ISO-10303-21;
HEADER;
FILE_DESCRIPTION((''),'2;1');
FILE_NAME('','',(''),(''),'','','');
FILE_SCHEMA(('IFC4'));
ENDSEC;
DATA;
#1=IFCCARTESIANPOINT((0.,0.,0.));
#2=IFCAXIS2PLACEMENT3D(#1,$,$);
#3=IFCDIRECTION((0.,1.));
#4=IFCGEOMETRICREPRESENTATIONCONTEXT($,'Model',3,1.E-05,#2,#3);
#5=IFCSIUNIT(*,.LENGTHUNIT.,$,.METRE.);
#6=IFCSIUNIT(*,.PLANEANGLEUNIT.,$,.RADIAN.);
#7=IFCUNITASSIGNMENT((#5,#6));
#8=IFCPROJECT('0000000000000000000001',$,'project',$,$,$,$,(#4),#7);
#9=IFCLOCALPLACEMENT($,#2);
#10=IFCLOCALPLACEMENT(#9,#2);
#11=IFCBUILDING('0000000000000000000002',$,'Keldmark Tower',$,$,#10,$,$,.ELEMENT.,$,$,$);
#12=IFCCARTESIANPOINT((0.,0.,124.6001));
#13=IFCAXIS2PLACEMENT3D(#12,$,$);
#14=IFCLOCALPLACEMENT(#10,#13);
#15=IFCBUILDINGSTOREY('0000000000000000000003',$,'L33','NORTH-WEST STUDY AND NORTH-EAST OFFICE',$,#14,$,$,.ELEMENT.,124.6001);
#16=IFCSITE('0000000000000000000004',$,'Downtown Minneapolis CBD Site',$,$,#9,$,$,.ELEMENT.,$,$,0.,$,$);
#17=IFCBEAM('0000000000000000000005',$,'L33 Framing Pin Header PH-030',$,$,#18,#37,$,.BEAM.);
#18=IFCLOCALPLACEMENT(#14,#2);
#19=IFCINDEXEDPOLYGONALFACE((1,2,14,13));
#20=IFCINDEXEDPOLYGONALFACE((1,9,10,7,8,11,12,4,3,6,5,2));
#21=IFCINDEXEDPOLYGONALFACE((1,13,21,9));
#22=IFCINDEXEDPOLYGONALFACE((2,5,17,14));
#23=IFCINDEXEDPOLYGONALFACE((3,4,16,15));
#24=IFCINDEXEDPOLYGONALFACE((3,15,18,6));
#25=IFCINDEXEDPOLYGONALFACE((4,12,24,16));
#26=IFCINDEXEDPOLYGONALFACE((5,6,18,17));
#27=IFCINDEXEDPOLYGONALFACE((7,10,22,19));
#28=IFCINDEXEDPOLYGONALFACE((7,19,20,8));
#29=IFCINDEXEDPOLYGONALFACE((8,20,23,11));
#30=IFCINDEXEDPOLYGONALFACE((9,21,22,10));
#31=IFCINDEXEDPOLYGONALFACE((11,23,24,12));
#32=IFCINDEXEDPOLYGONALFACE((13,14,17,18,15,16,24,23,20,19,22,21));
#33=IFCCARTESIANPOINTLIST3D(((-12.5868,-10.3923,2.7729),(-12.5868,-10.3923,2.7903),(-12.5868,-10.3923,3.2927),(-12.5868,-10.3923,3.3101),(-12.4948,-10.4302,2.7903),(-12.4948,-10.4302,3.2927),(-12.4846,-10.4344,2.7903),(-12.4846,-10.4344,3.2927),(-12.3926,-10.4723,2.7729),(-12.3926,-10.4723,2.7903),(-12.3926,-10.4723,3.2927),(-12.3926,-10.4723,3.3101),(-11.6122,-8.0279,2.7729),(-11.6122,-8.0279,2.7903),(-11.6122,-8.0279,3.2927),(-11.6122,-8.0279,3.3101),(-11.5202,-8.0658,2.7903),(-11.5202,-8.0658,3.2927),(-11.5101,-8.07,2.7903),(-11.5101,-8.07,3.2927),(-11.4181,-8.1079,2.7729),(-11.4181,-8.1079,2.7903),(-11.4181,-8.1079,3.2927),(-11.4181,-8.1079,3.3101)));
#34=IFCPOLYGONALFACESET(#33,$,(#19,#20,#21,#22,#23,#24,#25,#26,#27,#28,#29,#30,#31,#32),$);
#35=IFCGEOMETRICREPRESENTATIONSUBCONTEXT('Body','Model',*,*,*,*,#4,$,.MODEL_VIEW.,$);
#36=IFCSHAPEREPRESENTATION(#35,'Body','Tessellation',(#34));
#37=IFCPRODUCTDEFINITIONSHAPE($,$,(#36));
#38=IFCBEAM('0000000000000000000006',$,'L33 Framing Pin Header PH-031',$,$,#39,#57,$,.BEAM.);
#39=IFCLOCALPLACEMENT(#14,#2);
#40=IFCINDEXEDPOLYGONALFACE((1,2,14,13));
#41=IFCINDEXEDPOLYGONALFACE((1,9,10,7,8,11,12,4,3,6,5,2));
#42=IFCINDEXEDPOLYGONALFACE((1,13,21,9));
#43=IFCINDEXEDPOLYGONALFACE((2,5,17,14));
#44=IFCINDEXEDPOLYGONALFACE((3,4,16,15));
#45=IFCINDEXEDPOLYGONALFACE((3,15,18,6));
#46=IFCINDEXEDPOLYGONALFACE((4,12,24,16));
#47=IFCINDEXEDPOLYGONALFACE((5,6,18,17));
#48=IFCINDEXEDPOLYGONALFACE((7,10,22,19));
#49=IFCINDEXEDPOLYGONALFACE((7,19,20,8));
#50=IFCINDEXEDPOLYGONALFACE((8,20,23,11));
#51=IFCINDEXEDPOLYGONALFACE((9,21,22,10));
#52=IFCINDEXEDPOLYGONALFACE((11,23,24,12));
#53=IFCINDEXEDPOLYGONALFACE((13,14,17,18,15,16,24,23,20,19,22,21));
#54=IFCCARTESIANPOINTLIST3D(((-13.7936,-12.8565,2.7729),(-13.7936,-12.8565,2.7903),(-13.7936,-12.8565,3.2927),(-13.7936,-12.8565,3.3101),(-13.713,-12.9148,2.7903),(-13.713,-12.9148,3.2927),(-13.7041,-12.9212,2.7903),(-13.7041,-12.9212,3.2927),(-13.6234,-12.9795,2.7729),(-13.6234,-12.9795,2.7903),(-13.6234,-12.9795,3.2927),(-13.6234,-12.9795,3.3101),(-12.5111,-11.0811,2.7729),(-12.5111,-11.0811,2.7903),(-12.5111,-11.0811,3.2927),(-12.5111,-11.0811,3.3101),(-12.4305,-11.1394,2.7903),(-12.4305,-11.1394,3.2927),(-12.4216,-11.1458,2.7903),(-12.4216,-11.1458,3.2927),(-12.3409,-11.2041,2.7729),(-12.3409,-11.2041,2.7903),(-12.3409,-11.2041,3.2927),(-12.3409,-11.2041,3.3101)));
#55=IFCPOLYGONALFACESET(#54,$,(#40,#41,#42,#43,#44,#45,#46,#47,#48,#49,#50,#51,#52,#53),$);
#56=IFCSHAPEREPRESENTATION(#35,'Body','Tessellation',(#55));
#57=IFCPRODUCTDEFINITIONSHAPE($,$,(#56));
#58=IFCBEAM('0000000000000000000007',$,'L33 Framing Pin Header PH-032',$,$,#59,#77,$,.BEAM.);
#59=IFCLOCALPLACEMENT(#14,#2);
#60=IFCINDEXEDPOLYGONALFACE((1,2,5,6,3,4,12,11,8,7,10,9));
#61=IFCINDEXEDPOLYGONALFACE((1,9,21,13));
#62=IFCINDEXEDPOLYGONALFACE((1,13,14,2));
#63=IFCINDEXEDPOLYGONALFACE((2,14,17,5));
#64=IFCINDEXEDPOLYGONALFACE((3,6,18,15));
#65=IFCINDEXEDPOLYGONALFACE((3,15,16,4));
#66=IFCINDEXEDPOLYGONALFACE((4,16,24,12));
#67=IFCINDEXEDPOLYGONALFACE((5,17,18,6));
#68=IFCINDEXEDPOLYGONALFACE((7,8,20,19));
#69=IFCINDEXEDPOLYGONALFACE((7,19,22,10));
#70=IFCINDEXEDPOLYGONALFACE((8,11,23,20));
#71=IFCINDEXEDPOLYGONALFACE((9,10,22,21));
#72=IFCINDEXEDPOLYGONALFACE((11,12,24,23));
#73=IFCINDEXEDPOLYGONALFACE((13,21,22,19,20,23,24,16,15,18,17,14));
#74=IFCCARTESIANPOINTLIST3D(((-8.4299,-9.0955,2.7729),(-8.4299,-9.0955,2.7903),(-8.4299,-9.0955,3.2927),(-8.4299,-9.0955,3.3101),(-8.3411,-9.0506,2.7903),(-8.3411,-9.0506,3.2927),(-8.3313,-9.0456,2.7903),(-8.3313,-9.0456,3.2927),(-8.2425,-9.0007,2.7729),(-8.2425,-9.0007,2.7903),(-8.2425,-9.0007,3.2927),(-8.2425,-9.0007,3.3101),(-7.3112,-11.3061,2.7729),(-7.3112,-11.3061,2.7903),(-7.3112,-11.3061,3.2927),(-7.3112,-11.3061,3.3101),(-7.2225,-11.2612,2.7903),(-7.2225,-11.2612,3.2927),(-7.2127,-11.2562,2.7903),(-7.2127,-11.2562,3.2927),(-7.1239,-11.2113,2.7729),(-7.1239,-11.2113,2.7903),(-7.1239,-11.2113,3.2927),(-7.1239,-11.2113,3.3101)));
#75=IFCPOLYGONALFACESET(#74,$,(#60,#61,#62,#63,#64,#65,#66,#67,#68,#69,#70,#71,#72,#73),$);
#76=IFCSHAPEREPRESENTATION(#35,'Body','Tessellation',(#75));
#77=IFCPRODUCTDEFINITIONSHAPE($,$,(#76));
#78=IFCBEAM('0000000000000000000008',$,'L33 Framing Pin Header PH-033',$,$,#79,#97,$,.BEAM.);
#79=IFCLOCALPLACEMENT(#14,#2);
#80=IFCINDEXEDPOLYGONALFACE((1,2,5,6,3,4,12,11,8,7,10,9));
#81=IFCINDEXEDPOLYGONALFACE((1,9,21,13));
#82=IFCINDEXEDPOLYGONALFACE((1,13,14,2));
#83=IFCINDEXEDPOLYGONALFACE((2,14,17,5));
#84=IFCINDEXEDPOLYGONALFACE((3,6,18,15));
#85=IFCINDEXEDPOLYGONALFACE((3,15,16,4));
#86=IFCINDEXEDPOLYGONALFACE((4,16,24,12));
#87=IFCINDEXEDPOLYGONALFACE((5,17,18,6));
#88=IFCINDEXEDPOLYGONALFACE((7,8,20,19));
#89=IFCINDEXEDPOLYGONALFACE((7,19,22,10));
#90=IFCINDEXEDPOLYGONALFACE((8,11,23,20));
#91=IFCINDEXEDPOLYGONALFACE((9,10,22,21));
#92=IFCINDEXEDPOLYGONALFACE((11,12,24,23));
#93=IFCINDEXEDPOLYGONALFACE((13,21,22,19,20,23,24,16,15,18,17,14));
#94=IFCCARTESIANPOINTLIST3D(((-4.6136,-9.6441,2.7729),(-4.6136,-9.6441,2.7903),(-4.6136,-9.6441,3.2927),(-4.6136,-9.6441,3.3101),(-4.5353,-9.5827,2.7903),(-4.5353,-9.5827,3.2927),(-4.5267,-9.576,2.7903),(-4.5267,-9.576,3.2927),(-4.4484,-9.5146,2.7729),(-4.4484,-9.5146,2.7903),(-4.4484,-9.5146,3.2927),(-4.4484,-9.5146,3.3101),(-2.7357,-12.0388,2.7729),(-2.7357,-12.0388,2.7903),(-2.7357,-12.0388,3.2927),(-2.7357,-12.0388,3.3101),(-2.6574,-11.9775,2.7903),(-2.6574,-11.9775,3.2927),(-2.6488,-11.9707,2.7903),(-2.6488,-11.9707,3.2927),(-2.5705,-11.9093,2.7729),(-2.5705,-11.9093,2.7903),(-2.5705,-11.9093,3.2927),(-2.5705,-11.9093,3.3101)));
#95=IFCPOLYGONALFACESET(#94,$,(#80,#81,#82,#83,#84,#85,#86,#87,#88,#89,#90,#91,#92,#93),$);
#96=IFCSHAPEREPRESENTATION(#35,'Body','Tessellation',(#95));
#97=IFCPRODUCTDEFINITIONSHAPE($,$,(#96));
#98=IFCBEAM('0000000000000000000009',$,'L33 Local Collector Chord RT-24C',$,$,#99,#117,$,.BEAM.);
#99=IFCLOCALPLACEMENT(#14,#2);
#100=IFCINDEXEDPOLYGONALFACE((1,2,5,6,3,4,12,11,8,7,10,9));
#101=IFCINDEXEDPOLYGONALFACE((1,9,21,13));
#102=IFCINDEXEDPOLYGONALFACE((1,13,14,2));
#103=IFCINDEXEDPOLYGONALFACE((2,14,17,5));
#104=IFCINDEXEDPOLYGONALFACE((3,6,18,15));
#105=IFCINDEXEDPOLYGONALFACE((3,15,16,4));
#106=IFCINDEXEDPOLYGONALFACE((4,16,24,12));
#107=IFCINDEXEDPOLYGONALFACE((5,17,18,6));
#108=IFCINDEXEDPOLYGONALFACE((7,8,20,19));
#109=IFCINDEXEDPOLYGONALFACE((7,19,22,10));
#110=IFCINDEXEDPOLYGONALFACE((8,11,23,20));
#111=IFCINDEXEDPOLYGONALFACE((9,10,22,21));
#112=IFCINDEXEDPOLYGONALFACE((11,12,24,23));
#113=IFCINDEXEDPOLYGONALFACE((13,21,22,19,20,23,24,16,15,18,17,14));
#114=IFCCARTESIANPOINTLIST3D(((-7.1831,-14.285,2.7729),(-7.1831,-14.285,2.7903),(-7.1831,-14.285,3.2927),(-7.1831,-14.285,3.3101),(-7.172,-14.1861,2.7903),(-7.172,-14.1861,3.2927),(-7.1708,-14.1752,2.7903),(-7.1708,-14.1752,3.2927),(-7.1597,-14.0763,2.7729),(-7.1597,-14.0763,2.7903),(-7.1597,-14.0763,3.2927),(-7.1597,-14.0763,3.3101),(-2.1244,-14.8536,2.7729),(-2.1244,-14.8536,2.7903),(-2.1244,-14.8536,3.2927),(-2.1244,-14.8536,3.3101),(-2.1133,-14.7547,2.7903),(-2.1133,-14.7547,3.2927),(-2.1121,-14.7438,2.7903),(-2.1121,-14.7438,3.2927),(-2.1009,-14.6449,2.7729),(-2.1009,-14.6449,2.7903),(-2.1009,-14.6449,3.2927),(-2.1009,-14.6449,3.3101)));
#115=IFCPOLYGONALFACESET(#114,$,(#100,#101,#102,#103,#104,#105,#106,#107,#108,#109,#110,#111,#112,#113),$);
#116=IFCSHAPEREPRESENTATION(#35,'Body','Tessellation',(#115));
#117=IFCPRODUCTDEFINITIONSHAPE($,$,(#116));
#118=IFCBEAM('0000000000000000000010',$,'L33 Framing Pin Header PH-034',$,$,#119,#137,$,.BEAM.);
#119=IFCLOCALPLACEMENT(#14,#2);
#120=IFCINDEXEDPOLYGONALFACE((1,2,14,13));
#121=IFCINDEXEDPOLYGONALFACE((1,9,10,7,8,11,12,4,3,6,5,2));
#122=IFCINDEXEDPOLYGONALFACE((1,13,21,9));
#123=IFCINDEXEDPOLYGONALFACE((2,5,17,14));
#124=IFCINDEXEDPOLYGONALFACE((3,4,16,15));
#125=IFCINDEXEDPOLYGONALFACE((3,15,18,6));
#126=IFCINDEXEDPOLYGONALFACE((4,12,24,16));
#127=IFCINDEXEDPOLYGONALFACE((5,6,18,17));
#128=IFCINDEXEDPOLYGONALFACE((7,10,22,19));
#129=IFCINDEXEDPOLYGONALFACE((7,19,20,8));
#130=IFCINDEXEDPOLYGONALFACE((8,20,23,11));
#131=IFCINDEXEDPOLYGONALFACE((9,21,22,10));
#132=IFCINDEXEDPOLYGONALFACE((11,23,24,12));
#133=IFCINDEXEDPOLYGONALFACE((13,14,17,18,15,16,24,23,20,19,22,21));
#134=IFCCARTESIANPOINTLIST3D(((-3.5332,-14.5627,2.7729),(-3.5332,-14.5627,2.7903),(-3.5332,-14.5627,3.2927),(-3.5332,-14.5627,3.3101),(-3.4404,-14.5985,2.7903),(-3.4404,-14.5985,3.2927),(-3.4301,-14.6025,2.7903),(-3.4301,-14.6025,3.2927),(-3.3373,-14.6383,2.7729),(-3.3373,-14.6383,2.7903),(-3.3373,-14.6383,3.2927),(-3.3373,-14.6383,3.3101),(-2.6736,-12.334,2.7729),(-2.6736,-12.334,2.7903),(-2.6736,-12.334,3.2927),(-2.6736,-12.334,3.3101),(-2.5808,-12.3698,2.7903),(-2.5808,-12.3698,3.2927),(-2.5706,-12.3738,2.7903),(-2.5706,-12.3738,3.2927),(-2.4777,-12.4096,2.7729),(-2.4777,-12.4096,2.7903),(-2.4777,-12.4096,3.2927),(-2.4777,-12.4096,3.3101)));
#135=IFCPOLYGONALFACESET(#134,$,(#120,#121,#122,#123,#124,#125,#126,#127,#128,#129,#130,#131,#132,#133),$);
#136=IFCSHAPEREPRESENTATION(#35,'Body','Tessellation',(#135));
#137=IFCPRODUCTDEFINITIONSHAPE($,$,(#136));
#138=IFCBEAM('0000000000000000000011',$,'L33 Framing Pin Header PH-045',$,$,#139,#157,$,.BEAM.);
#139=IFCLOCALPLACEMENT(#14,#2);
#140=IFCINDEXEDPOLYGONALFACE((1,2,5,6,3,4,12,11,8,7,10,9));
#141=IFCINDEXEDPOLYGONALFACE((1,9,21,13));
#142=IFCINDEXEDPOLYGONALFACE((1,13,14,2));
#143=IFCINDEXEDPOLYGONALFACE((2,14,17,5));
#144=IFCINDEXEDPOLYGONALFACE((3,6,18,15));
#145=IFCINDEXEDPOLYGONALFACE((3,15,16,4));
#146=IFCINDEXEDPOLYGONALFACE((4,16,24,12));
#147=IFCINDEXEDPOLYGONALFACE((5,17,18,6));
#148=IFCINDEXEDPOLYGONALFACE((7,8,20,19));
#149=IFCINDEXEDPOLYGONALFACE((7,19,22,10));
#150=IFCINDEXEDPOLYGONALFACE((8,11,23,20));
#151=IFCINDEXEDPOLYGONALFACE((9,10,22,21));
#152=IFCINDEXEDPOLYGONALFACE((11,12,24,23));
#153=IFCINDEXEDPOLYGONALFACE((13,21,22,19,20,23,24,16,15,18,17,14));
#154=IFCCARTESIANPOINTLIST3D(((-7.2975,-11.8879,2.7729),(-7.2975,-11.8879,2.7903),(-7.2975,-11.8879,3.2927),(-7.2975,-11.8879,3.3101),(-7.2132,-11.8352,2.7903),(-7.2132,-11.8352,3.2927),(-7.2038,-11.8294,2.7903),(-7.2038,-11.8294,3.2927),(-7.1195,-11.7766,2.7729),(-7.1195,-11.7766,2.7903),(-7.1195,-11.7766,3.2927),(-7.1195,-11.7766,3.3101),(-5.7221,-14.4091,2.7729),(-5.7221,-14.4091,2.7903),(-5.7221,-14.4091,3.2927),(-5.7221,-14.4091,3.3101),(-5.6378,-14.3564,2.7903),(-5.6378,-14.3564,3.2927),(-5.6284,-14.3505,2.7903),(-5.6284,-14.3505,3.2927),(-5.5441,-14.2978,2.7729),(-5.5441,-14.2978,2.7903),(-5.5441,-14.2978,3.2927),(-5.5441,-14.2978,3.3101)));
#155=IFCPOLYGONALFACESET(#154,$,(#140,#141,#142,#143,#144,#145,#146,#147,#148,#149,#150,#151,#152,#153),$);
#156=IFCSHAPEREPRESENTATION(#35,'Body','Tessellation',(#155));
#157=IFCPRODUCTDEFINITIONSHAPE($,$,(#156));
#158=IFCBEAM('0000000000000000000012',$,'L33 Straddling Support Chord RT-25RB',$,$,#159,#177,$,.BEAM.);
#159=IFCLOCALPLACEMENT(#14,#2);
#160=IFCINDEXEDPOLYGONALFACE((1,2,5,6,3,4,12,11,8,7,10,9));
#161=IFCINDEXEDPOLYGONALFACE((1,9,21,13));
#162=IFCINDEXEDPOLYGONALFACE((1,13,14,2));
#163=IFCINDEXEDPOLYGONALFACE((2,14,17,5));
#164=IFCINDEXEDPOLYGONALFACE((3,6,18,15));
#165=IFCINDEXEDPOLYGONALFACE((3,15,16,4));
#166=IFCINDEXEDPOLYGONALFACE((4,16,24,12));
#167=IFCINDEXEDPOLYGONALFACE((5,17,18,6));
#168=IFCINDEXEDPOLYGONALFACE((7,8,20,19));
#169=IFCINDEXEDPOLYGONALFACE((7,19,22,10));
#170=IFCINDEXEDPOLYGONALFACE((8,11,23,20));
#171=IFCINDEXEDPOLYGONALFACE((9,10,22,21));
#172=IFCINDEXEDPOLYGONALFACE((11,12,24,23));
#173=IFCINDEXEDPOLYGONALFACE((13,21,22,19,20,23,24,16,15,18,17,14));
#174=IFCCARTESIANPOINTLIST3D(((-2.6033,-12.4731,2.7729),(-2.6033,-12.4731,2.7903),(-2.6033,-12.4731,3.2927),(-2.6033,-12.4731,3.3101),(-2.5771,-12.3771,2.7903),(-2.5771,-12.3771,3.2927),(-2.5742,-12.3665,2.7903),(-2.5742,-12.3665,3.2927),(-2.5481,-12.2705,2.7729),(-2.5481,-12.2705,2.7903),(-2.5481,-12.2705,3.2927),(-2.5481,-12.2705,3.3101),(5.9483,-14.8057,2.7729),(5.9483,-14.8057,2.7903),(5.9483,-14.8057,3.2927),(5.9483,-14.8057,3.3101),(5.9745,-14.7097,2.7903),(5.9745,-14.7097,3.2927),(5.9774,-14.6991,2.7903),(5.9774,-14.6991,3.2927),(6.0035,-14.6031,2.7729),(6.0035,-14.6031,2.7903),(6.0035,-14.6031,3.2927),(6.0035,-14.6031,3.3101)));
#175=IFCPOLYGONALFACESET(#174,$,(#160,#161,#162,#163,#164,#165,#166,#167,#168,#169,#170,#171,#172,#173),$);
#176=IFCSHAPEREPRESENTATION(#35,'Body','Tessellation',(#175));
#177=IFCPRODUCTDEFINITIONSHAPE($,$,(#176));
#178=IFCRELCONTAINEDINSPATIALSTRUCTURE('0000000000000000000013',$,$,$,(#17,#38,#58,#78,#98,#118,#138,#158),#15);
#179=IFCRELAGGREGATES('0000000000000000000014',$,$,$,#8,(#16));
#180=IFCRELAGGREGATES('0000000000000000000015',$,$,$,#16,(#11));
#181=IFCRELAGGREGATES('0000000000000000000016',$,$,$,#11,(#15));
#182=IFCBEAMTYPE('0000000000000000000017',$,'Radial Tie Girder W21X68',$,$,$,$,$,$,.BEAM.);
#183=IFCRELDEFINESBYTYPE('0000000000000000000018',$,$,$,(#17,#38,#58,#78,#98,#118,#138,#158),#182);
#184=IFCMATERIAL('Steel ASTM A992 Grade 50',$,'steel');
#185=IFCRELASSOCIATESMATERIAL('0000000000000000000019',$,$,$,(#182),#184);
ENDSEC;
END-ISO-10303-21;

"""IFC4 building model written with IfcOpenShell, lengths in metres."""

from ifc_helpers import new_model, si_unit, direction, frame, origin, origin_2d, place, context, subcontext, project, spatial, i_section, extrude, material, material_profile, profile_set, type_object, element, save


model = new_model("IFC4")

# Units and contexts
model_context = context("Model", 3, precision=1e-05, world=origin(), true_north=direction((0.0, 1.0)))
body_context = subcontext(model_context, "Body", "Model", "MODEL_VIEW")
ifc_project = project(units=[si_unit("LENGTHUNIT", "METRE"), si_unit("PLANEANGLEUNIT", "RADIAN")], contexts=[model_context])

# Site, building, storey
site_placement = place(None, origin())
site = spatial("IfcSite", under=ifc_project, at=site_placement, Name="Downtown Minneapolis CBD Site", CompositionType="ELEMENT", RefElevation=0.0)
building_placement = place(site_placement, origin())
building = spatial("IfcBuilding", under=site, at=building_placement, Name="Keldmark Tower", CompositionType="ELEMENT")
storey_placement = place(building_placement, frame((0.0, 0.0, 124.6001)))
storey = spatial("IfcBuildingStorey", under=building, at=storey_placement, Name="L33", Description="NORTH-WEST STUDY AND NORTH-EAST OFFICE", CompositionType="ELEMENT", Elevation=124.6001)

# Beams
ifc_material_1 = material(Name="Steel ASTM A992 Grade 50", Category="steel")
ifc_material_profile_1 = material_profile(ifc_material_1, i_section(OverallWidth=0.21, OverallDepth=0.5371, WebThickness=0.011, FlangeThickness=0.0173, at=origin_2d()), Name="W21X68")
ifc_profile_set_1 = profile_set([ifc_material_profile_1], Name="Steel ASTM A992 Grade 50")
beam_type_1 = type_object("IfcBeamType", Name="Radial Tie Girder W21X68", PredefinedType="BEAM", material=ifc_profile_set_1)
beam_1_placement = place(storey_placement, frame((-11.5151, -8.0679, 3.0415), z_axis=(-0.381081, -0.924542, 0.0), x_axis=(0.924542, -0.381081, 0.0)))
element("IfcBeam", 1, at=beam_1_placement, inside=storey, type_object=beam_type_1, Name="L33 Framing Pin Header PH-030", PredefinedType="BEAM", context=body_context, shape_type="SweptSolid", body=[
    extrude(i_section(OverallWidth=0.21, OverallDepth=0.5371, WebThickness=0.011, FlangeThickness=0.0173, at=origin_2d()), origin(), (0.0, 0.0, 1.0), 2.5574),
])
beam_2_placement = place(storey_placement, frame((-12.426, -11.1426, 3.0415), z_axis=(-0.585564, -0.810626, 0.0), x_axis=(0.810626, -0.585564, 0.0)))
element("IfcBeam", 2, at=beam_2_placement, inside=storey, type_object=beam_type_1, Name="L33 Framing Pin Header PH-031", PredefinedType="BEAM", context=body_context, shape_type="SweptSolid", body=[
    extrude(i_section(OverallWidth=0.21, OverallDepth=0.5371, WebThickness=0.011, FlangeThickness=0.0173, at=origin_2d()), origin(), (0.0, 0.0, 1.0), 2.1902),
])
beam_3_placement = place(storey_placement, frame((-8.3362, -9.0481, 3.0415), z_axis=(0.451505, -0.892269, 0.0), x_axis=(0.892269, 0.451505, 0.0)))
element("IfcBeam", 3, at=beam_3_placement, inside=storey, type_object=beam_type_1, Name="L33 Framing Pin Header PH-032", PredefinedType="BEAM", context=body_context, shape_type="SweptSolid", body=[
    extrude(i_section(OverallWidth=0.21, OverallDepth=0.5371, WebThickness=0.011, FlangeThickness=0.0173, at=origin_2d()), origin(), (0.0, 0.0, 1.0), 2.4775),
])
beam_4_placement = place(storey_placement, frame((-4.531, -9.5793, 3.0415), z_axis=(0.617074, -0.786905, 0.0), x_axis=(0.786905, 0.617074, 0.0)))
element("IfcBeam", 4, at=beam_4_placement, inside=storey, type_object=beam_type_1, Name="L33 Framing Pin Header PH-033", PredefinedType="BEAM", context=body_context, shape_type="SweptSolid", body=[
    extrude(i_section(OverallWidth=0.21, OverallDepth=0.5371, WebThickness=0.011, FlangeThickness=0.0173, at=origin_2d()), origin(), (0.0, 0.0, 1.0), 3.0432),
])
beam_5_placement = place(storey_placement, frame((-7.1714, -14.1807, 3.0415), z_axis=(0.993743, -0.111695, 0.0), x_axis=(0.111695, 0.993743, 0.0)))
element("IfcBeam", 5, at=beam_5_placement, inside=storey, type_object=beam_type_1, Name="L33 Local Collector Chord RT-24C", PredefinedType="BEAM", context=body_context, shape_type="SweptSolid", body=[
    extrude(i_section(OverallWidth=0.21, OverallDepth=0.5371, WebThickness=0.011, FlangeThickness=0.0173, at=origin_2d()), origin(), (0.0, 0.0, 1.0), 5.0906),
])
beam_6_placement = place(storey_placement, frame((-2.5757, -12.3718, 3.0415), z_axis=(-0.359856, -0.933008, 0.0), x_axis=(0.933008, -0.359856, 0.0)))
element("IfcBeam", 6, at=beam_6_placement, inside=storey, type_object=beam_type_1, Name="L33 Framing Pin Header PH-034", PredefinedType="BEAM", context=body_context, shape_type="SweptSolid", body=[
    extrude(i_section(OverallWidth=0.21, OverallDepth=0.5371, WebThickness=0.011, FlangeThickness=0.0173, at=origin_2d()), origin(), (0.0, 0.0, 1.0), 2.3887),
])
beam_7_placement = place(storey_placement, frame((-7.2085, -11.8323, 3.0415), z_axis=(0.529918, -0.848049, 0.0), x_axis=(0.848049, 0.529918, 0.0)))
element("IfcBeam", 7, at=beam_7_placement, inside=storey, type_object=beam_type_1, Name="L33 Framing Pin Header PH-045", PredefinedType="BEAM", context=body_context, shape_type="SweptSolid", body=[
    extrude(i_section(OverallWidth=0.21, OverallDepth=0.5371, WebThickness=0.011, FlangeThickness=0.0173, at=origin_2d()), origin(), (0.0, 0.0, 1.0), 2.9729),
])
beam_8_placement = place(storey_placement, frame((-2.5757, -12.3718, 3.0415), z_axis=(0.964756, -0.263148, 0.0), x_axis=(0.263148, 0.964756, 0.0)))
element("IfcBeam", 8, at=beam_8_placement, inside=storey, type_object=beam_type_1, Name="L33 Straddling Support Chord RT-25RB", PredefinedType="BEAM", context=body_context, shape_type="SweptSolid", body=[
    extrude(i_section(OverallWidth=0.21, OverallDepth=0.5371, WebThickness=0.011, FlangeThickness=0.0173, at=origin_2d()), origin(), (0.0, 0.0, 1.0), 8.864),
])

save(model, "model.ifc")
